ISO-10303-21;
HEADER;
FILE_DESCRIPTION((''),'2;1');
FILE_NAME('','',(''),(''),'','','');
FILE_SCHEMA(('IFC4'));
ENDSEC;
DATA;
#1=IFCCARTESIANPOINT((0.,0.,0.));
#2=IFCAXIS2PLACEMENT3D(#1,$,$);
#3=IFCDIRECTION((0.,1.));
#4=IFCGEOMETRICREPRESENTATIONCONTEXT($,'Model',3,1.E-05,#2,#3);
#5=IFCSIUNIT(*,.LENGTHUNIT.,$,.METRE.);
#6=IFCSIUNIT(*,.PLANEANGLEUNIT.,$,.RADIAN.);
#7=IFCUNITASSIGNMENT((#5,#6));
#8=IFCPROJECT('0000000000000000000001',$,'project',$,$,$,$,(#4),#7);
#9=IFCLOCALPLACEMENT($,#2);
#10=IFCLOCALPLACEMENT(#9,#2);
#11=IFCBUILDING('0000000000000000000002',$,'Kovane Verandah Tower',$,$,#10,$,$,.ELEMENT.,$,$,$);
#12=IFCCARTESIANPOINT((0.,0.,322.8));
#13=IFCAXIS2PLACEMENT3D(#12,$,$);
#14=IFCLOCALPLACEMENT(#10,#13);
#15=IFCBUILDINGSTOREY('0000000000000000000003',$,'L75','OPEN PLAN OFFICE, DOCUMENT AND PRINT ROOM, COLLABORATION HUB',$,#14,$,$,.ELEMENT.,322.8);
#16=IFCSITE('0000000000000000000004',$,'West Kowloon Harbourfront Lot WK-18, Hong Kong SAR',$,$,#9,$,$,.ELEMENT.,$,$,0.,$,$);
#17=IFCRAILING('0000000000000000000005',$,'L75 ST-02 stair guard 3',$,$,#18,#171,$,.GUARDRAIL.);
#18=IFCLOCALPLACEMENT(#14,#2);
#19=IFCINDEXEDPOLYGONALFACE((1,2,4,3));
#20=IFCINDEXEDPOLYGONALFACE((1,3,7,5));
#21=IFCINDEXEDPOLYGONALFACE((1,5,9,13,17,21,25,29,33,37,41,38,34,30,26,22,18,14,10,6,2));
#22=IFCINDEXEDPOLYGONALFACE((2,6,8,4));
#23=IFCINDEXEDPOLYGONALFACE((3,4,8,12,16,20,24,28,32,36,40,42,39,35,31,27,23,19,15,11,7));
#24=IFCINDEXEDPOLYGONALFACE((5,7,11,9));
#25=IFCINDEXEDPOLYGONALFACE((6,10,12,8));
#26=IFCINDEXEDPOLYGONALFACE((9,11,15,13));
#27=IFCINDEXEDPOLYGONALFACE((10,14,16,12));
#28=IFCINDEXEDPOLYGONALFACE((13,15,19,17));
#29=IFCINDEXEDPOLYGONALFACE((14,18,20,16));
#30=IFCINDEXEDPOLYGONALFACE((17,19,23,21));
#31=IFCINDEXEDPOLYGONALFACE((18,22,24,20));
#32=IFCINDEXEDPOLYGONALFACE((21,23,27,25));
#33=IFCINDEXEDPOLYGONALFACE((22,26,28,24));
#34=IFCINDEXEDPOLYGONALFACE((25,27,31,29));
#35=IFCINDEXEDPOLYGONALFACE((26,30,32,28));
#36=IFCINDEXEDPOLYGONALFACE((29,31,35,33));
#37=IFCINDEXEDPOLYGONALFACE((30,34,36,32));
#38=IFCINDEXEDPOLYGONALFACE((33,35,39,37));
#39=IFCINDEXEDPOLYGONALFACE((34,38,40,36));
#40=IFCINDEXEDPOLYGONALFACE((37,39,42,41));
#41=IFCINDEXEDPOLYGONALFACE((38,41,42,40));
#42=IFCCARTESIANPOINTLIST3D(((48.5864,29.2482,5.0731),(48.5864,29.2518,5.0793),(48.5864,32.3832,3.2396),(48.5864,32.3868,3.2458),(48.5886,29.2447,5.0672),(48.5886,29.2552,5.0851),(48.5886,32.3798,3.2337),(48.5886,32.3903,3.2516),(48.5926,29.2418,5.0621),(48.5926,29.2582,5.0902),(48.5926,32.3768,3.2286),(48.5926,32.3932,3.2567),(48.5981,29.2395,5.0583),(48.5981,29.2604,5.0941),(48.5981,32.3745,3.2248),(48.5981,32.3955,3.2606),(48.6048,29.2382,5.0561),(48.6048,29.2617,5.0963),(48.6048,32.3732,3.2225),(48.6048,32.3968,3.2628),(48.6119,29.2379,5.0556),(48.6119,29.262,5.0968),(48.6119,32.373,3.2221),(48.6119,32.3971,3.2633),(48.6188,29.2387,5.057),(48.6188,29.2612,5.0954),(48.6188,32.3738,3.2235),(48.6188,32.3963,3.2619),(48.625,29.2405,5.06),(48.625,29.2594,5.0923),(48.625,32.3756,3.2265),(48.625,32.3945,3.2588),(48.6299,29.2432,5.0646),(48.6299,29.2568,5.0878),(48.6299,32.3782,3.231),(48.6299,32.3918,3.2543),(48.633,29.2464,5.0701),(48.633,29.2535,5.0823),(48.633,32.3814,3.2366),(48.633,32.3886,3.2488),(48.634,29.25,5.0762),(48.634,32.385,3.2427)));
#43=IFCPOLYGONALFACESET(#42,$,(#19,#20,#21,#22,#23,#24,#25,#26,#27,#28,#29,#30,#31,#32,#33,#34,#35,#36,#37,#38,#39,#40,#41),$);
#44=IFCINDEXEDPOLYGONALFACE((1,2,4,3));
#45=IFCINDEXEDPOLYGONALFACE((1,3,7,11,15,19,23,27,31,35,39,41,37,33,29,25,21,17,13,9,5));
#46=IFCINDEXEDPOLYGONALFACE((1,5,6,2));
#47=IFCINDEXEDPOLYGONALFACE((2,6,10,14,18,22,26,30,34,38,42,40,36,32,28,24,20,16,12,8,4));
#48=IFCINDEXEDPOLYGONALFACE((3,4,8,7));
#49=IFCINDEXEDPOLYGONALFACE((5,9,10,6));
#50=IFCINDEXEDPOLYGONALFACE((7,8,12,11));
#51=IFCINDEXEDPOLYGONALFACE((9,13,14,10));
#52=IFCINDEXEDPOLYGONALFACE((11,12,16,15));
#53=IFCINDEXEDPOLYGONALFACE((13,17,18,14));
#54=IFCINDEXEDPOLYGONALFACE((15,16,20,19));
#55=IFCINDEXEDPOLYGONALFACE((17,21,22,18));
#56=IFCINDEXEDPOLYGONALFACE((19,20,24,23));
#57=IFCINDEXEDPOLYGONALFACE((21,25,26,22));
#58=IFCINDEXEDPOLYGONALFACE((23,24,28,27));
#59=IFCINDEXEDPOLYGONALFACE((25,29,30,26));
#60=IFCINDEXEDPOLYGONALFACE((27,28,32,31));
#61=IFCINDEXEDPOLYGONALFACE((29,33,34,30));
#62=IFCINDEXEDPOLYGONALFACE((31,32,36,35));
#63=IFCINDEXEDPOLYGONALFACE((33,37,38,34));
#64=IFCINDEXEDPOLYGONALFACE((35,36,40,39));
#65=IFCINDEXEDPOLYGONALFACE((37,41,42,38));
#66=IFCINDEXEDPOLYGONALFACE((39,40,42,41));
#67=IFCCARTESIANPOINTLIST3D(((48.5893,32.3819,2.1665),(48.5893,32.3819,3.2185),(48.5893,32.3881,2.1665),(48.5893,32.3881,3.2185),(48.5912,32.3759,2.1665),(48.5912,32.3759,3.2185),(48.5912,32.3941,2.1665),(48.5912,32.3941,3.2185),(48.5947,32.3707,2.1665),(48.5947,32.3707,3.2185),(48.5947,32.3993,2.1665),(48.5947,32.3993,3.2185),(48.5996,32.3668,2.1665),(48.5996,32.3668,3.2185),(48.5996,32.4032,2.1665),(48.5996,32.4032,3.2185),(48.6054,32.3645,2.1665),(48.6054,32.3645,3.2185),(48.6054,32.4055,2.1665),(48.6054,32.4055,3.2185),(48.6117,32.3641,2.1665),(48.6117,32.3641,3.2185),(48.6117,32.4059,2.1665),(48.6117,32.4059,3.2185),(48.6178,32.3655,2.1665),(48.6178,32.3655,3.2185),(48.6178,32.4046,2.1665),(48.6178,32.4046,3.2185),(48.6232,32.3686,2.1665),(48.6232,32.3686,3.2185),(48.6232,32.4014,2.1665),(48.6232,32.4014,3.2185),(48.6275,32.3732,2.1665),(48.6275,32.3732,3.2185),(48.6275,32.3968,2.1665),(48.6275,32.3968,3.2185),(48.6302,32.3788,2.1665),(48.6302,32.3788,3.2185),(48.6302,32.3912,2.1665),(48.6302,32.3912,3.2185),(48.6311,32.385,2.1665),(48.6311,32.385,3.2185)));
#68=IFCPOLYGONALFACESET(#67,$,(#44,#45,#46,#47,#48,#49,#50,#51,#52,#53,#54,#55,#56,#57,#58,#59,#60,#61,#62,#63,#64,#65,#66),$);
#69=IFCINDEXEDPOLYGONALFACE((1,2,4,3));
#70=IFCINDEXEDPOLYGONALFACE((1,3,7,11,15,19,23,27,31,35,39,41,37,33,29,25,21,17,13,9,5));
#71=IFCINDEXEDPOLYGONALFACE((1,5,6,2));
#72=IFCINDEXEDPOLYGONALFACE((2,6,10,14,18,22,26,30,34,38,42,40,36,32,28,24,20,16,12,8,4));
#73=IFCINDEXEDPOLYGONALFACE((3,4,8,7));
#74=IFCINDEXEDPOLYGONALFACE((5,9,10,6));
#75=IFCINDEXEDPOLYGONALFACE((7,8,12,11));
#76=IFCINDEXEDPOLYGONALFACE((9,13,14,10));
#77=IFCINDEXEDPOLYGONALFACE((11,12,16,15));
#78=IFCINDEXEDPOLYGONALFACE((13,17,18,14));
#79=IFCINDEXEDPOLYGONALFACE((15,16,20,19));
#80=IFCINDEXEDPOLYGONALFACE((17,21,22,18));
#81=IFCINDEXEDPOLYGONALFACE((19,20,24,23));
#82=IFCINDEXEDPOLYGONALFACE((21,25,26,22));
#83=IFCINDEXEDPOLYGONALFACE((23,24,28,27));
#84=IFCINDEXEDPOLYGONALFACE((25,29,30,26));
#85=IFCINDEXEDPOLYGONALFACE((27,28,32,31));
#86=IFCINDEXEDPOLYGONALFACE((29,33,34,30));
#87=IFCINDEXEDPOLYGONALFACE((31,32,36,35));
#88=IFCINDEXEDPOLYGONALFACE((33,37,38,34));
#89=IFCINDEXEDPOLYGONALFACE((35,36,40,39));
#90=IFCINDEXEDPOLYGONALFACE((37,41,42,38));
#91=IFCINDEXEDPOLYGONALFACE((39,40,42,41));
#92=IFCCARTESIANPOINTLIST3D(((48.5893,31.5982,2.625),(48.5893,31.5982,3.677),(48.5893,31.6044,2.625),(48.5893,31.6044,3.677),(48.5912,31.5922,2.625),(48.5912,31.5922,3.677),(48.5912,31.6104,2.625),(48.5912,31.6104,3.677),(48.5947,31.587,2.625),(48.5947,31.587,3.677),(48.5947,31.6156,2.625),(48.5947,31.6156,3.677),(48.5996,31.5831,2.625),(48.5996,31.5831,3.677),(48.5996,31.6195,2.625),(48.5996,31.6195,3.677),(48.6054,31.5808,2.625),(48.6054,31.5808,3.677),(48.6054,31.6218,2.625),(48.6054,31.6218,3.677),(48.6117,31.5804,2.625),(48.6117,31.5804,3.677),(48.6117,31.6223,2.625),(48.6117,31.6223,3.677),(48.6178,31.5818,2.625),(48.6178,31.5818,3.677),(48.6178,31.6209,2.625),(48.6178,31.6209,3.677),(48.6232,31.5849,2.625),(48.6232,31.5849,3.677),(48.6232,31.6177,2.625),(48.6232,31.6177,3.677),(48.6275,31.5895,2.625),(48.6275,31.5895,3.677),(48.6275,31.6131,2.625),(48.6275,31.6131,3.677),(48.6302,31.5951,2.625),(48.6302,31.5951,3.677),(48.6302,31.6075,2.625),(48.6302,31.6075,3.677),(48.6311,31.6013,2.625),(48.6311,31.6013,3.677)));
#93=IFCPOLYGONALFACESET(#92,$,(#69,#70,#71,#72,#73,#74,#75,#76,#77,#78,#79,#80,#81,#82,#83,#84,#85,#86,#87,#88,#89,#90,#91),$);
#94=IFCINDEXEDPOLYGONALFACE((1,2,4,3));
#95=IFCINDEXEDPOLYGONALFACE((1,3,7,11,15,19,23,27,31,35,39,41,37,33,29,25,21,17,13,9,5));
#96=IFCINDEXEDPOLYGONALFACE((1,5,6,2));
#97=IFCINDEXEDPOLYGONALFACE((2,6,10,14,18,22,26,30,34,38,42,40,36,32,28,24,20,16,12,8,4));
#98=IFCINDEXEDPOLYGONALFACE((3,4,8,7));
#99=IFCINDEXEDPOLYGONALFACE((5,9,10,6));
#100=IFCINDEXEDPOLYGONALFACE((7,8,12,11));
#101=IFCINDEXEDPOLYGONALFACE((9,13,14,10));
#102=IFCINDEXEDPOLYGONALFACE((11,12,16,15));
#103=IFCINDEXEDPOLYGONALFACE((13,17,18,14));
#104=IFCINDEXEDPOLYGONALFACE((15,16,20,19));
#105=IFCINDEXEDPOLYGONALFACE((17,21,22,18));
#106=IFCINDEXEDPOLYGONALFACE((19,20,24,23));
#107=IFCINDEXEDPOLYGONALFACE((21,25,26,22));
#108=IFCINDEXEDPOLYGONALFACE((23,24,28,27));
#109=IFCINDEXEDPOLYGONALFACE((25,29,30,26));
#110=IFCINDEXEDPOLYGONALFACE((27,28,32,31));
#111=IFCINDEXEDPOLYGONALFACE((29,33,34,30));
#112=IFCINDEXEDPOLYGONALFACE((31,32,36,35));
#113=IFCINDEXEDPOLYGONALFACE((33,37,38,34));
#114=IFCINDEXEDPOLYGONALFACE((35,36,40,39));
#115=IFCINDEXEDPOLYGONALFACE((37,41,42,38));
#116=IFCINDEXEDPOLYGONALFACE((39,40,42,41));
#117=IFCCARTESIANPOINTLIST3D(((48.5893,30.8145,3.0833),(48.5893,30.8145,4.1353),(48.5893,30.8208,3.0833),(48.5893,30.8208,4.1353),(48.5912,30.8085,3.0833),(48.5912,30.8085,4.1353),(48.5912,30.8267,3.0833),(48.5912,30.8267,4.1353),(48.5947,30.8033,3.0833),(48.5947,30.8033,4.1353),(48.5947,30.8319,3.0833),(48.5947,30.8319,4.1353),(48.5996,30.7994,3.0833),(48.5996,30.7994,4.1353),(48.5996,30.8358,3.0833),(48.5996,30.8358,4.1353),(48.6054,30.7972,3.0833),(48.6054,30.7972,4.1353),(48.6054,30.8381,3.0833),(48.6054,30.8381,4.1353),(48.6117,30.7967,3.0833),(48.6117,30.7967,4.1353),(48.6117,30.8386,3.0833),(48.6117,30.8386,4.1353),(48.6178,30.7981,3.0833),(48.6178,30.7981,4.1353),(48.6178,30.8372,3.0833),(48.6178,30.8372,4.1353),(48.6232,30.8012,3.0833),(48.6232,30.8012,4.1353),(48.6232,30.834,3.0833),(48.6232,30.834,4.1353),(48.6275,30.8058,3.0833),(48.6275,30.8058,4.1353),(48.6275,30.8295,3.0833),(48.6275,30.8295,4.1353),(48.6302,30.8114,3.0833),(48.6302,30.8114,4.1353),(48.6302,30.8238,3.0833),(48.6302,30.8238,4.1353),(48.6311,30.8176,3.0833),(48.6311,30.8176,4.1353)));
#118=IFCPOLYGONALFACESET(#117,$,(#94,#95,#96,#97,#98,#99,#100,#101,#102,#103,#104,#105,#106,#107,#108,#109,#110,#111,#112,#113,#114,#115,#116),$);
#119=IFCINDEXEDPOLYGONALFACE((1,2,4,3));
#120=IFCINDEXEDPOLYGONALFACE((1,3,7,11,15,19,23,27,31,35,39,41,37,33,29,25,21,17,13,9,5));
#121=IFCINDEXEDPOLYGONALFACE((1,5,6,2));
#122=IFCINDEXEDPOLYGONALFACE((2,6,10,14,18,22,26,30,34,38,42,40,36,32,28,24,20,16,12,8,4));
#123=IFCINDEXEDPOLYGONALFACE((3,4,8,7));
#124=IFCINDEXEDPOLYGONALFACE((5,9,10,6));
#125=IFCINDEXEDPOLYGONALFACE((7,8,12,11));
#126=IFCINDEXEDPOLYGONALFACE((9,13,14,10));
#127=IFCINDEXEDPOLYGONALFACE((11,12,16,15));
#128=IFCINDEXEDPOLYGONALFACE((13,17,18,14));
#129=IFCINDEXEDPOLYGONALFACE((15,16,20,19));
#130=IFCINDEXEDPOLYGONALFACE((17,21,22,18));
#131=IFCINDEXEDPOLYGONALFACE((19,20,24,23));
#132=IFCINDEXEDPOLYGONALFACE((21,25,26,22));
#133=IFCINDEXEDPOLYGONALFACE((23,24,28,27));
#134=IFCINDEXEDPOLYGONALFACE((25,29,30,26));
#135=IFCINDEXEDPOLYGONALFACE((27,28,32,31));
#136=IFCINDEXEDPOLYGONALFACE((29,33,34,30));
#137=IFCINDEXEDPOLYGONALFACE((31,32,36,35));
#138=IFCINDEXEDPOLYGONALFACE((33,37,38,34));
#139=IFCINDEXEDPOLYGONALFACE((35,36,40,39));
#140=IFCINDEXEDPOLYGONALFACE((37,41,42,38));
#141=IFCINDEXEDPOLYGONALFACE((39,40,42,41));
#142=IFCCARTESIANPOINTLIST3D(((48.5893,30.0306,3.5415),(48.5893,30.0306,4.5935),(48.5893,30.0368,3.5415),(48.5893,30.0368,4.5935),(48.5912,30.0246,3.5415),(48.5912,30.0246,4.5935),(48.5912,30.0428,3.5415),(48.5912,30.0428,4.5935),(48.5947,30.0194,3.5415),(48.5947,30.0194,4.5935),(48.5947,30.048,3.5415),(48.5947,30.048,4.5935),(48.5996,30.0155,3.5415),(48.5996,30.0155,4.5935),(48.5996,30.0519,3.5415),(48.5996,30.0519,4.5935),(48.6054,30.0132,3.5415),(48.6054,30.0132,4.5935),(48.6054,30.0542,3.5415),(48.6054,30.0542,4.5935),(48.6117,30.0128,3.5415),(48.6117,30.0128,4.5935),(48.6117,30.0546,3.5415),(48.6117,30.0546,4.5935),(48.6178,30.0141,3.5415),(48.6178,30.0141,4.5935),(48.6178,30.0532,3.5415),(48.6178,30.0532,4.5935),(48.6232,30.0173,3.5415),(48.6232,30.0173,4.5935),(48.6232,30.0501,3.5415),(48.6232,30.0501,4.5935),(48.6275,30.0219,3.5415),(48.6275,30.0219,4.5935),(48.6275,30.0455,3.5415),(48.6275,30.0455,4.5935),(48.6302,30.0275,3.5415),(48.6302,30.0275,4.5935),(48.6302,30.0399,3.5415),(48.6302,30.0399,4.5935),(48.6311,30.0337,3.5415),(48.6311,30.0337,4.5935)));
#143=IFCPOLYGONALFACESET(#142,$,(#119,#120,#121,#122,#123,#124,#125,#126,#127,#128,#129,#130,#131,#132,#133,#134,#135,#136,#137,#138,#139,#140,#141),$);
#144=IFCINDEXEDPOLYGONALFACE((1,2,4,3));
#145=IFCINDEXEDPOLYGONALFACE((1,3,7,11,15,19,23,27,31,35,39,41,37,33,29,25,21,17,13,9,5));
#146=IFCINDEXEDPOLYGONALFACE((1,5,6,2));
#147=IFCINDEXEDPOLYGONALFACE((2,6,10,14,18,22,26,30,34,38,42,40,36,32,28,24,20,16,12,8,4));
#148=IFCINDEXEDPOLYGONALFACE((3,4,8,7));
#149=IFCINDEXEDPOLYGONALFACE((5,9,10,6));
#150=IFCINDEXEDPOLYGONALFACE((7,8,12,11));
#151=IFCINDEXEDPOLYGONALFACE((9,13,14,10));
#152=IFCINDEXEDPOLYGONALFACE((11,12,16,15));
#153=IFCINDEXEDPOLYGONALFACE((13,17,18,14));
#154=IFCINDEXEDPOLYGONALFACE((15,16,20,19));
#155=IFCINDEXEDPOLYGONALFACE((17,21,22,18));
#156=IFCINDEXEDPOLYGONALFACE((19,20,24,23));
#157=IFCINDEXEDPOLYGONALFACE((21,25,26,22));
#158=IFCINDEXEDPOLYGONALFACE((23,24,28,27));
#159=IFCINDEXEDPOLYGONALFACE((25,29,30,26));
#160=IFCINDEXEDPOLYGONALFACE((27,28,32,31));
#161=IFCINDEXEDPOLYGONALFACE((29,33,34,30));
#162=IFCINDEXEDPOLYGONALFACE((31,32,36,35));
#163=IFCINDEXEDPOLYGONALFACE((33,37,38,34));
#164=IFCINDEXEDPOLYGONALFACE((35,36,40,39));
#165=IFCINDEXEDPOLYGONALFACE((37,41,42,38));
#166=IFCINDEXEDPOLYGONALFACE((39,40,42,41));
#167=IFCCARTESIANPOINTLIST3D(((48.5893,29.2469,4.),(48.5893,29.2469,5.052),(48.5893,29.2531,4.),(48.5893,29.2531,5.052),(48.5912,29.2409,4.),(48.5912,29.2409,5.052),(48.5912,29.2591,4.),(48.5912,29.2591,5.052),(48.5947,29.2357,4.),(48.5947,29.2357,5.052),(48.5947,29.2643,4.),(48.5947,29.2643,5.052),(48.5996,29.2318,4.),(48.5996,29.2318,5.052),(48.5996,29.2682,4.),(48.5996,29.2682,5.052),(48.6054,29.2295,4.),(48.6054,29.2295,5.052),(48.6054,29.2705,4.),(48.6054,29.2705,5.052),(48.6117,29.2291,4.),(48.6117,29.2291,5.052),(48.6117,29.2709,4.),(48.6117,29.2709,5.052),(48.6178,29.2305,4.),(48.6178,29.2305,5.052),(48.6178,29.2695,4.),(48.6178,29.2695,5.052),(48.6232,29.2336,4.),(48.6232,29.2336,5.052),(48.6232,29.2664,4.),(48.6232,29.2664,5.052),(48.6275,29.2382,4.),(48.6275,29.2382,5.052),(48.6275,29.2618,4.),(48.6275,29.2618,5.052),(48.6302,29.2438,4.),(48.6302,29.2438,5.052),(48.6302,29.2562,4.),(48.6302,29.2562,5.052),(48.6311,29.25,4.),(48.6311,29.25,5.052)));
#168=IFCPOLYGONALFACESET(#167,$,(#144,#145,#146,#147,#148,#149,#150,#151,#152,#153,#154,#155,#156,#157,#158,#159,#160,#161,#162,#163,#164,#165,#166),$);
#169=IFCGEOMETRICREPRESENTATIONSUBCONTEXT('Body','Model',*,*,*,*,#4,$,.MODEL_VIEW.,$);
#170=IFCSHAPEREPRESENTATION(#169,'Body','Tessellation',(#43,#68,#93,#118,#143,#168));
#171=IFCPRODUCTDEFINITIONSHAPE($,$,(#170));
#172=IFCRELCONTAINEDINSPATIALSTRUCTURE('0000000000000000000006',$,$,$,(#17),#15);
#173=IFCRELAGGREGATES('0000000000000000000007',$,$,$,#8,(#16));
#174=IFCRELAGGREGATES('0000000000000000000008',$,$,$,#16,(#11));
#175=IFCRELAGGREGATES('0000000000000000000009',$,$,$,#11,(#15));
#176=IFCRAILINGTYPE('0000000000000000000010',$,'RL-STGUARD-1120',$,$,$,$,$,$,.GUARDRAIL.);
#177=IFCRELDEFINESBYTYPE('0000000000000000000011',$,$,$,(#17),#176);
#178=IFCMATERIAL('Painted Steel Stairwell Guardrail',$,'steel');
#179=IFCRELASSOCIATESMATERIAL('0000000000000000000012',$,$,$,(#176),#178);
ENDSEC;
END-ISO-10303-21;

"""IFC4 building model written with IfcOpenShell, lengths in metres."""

from ifc_helpers import new_model, si_unit, direction, frame, origin, origin_2d, place, context, subcontext, project, spatial, circle, extrude, material, type_object, element, save


model = new_model("IFC4")

# Units and contexts
model_context = context("Model", 3, precision=1e-05, world=origin(), true_north=direction((0.0, 1.0)))
body_context = subcontext(model_context, "Body", "Model", "MODEL_VIEW")
ifc_project = project(units=[si_unit("LENGTHUNIT", "METRE"), si_unit("PLANEANGLEUNIT", "RADIAN")], contexts=[model_context])

# Site, building, storey
site_placement = place(None, origin())
site = spatial("IfcSite", under=ifc_project, at=site_placement, Name="West Kowloon Harbourfront Lot WK-18, Hong Kong SAR", CompositionType="ELEMENT", RefElevation=0.0)
building_placement = place(site_placement, origin())
building = spatial("IfcBuilding", under=site, at=building_placement, Name="Kovane Verandah Tower", CompositionType="ELEMENT")
storey_placement = place(building_placement, frame((0.0, 0.0, 322.8)))
storey = spatial("IfcBuildingStorey", under=building, at=storey_placement, Name="L75", Description="OPEN PLAN OFFICE, DOCUMENT AND PRINT ROOM, COLLABORATION HUB", CompositionType="ELEMENT", Elevation=322.8)

# Railing
ifc_material_1 = material(Name="Painted Steel Stairwell Guardrail", Category="steel")
railing_type_1 = type_object("IfcRailingType", Name="RL-STGUARD-1120", PredefinedType="GUARDRAIL", material=ifc_material_1)
railing_1_placement = place(storey_placement, frame((48.6101, 32.385, 2.1665)))
element("IfcRailing", 1, at=railing_1_placement, inside=storey, type_object=railing_type_1, Name="L75 ST-02 stair guard 3", PredefinedType="GUARDRAIL", context=body_context, shape_type="SweptSolid", body=[
    extrude(circle(Radius=0.0239, at=origin_2d()), frame((0.0, 0.0, 1.0762), z_axis=(0.0, -0.86321, 0.504845), x_axis=(1.0, 0.0, 0.0)), (0.0, 0.0, 1.0), 3.6318),
    extrude(circle(Radius=0.021, at=origin_2d()), origin(), (0.0, 0.0, 1.0), 1.052),
    extrude(circle(Radius=0.021, at=origin_2d()), frame((0.0, -0.7837, 0.4585)), (0.0, 0.0, 1.0), 1.052),
    extrude(circle(Radius=0.021, at=origin_2d()), frame((0.0, -1.5674, 0.9167)), (0.0, 0.0, 1.0), 1.052),
    extrude(circle(Radius=0.021, at=origin_2d()), frame((0.0, -2.3513, 1.375)), (0.0, 0.0, 1.0), 1.052),
    extrude(circle(Radius=0.021, at=origin_2d()), frame((0.0, -3.135, 1.8335)), (0.0, 0.0, 1.0), 1.052),
])

save(model, "model.ifc")
